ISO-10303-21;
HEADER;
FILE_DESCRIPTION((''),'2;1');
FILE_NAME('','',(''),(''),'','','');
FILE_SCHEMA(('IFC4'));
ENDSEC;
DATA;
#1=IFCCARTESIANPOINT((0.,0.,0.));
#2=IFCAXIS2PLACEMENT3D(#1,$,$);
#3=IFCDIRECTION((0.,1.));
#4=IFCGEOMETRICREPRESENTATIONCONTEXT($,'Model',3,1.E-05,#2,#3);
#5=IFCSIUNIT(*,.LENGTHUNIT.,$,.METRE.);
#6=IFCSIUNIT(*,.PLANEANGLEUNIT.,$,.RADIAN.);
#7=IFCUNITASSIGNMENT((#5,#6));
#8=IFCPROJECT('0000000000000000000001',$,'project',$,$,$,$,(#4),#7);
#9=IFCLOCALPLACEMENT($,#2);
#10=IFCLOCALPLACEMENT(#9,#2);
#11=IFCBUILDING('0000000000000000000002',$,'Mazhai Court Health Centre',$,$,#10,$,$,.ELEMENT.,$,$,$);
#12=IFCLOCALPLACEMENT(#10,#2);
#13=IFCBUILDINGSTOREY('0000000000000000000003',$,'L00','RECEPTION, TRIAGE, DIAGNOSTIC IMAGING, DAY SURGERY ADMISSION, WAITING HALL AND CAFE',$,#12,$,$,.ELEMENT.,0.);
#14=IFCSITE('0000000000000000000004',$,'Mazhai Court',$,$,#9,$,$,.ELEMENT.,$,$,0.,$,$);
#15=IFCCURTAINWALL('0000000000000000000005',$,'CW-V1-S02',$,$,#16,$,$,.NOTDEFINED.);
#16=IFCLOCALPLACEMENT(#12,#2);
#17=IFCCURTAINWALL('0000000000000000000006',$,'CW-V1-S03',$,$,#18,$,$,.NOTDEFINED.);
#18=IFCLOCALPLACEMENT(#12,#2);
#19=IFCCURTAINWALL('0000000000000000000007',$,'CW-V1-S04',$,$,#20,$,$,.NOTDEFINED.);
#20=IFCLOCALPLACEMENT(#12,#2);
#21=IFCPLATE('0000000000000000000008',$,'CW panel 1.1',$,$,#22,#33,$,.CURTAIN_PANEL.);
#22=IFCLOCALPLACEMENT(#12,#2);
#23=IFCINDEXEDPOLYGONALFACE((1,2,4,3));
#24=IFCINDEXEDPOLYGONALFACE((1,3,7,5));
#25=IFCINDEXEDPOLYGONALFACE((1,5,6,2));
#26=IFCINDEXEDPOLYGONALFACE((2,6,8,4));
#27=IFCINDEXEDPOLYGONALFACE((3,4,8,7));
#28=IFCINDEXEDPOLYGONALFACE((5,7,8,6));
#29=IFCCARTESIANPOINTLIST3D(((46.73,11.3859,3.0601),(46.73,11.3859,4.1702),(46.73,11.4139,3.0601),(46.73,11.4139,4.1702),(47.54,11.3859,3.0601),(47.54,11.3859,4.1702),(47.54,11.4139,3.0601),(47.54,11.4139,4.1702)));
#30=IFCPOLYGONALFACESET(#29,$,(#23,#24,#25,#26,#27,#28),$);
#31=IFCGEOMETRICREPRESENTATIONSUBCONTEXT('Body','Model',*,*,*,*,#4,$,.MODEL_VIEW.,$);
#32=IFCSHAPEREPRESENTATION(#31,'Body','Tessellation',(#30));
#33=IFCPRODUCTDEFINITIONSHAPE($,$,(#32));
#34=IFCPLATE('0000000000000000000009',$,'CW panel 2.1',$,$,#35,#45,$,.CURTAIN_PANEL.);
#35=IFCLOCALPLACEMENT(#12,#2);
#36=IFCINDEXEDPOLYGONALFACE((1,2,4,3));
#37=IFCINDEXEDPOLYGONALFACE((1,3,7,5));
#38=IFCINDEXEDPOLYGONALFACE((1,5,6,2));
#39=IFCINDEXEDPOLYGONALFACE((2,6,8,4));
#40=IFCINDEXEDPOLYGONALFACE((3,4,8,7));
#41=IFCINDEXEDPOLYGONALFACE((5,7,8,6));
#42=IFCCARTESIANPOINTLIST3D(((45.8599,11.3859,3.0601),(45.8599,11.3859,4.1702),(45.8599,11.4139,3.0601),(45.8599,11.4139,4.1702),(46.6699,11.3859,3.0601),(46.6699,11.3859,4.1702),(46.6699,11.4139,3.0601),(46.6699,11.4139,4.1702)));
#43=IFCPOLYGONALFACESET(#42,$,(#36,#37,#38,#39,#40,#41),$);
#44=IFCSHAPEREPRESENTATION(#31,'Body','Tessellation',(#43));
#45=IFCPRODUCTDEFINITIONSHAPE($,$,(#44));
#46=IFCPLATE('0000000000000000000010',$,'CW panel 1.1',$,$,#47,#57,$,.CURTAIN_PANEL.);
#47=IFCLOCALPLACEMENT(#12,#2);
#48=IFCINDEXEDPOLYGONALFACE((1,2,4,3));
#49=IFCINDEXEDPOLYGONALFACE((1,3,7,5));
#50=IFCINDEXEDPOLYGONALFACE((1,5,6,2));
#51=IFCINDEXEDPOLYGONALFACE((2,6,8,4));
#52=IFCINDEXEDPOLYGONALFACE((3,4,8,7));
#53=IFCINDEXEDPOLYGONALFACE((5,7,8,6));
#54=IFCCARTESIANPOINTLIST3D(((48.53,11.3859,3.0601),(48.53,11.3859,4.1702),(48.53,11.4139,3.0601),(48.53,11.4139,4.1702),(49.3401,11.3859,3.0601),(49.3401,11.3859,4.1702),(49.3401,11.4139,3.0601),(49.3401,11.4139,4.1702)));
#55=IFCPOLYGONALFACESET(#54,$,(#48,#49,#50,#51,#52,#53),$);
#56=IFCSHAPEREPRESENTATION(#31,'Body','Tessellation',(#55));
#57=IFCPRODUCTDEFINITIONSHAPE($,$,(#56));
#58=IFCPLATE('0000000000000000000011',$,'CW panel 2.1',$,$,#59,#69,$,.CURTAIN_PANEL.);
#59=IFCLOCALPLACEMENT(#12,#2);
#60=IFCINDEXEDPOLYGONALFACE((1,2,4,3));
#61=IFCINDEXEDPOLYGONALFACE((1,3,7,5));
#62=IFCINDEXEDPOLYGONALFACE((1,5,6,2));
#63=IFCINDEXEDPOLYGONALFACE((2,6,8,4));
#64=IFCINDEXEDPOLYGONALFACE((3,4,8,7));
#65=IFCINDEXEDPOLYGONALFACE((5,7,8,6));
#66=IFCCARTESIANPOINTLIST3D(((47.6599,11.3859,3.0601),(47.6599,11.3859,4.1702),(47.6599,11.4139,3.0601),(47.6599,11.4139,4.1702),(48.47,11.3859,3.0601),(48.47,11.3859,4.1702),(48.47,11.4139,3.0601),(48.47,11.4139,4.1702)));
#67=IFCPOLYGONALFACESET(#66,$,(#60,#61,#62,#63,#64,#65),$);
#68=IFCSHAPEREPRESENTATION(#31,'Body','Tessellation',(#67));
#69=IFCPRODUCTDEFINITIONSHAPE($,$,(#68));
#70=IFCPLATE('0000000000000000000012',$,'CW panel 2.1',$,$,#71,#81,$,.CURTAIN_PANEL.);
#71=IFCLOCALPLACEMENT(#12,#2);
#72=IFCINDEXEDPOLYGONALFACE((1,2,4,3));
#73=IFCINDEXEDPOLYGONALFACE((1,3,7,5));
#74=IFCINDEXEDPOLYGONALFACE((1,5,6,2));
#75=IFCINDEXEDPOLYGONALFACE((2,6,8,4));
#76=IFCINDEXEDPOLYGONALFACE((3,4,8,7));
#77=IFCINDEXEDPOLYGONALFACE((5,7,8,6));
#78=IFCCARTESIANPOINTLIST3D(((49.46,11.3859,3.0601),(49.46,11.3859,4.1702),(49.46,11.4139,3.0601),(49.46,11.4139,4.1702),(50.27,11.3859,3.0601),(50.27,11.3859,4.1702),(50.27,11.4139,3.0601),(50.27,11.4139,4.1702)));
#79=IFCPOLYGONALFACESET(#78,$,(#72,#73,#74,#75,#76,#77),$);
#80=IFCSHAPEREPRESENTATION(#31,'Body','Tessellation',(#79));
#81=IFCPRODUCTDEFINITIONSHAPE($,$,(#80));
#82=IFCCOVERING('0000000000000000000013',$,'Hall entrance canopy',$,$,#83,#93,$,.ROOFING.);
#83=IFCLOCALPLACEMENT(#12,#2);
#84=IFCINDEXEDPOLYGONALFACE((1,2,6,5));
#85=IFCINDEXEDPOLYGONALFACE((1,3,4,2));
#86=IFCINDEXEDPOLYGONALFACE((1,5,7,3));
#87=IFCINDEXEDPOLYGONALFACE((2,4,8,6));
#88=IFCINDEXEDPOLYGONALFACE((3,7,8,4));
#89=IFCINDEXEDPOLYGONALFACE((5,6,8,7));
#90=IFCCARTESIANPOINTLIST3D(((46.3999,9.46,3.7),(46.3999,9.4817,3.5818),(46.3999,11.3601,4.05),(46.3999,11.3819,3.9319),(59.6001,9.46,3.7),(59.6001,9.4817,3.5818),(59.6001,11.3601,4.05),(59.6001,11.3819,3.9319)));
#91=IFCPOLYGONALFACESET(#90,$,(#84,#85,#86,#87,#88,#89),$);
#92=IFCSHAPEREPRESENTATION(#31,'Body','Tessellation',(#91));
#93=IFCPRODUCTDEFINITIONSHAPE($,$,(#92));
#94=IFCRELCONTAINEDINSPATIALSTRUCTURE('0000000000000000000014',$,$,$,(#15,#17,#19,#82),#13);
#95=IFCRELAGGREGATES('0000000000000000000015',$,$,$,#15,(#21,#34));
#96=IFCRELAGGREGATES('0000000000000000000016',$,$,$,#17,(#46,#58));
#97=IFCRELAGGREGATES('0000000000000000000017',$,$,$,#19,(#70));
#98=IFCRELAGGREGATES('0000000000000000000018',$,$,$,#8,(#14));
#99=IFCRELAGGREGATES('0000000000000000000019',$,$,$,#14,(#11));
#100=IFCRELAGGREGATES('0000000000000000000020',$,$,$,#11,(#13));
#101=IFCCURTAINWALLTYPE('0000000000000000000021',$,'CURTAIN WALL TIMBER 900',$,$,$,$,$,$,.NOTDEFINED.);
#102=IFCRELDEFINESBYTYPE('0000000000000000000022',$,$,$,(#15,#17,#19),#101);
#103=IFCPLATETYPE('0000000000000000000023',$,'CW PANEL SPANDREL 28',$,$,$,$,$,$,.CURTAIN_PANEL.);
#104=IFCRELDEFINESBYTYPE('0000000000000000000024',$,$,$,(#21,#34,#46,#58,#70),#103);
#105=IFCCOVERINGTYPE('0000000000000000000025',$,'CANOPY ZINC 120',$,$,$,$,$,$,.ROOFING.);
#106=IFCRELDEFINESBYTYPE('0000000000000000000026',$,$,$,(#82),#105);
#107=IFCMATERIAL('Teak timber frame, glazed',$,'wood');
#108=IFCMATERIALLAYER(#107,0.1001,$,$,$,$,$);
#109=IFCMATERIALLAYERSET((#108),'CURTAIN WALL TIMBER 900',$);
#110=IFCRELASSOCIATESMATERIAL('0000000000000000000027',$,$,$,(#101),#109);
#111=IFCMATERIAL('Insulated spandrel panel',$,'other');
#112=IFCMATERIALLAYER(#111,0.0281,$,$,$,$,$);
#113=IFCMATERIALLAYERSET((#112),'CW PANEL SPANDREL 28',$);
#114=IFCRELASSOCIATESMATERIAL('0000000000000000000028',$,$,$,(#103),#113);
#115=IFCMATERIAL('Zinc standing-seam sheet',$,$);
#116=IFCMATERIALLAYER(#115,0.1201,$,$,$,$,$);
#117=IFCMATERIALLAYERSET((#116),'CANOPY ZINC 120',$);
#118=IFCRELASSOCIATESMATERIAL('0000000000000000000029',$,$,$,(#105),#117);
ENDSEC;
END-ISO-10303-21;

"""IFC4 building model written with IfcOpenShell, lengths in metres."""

from ifc_helpers import new_model, si_unit, direction, frame, origin, origin_2d, place, context, subcontext, project, spatial, polyline, rectangle, outline, extrude, material, layer, layer_set, type_object, element, aggregate, save


model = new_model("IFC4")

# Units and contexts
model_context = context("Model", 3, precision=1e-05, world=origin(), true_north=direction((0.0, 1.0)))
body_context = subcontext(model_context, "Body", "Model", "MODEL_VIEW")
ifc_project = project(units=[si_unit("LENGTHUNIT", "METRE"), si_unit("PLANEANGLEUNIT", "RADIAN")], contexts=[model_context])

# Site, building, storey
site_placement = place(None, origin())
site = spatial("IfcSite", under=ifc_project, at=site_placement, Name="Mazhai Court", CompositionType="ELEMENT", RefElevation=0.0)
building_placement = place(site_placement, origin())
building = spatial("IfcBuilding", under=site, at=building_placement, Name="Mazhai Court Health Centre", CompositionType="ELEMENT")
storey_placement = place(building_placement, origin())
storey = spatial("IfcBuildingStorey", under=building, at=storey_placement, Name="L00", Description="RECEPTION, TRIAGE, DIAGNOSTIC IMAGING, DAY SURGERY ADMISSION, WAITING HALL AND CAFE", CompositionType="ELEMENT", Elevation=0.0)

# Curtain walls
ifc_material_1 = material(Name="Teak timber frame, glazed", Category="wood")
ifc_layer_1 = layer(ifc_material_1, 0.1001)
ifc_layer_set_1 = layer_set([ifc_layer_1], Name="CURTAIN WALL TIMBER 900")
curtain_wall_type = type_object("IfcCurtainWallType", Name="CURTAIN WALL TIMBER 900", PredefinedType="NOTDEFINED", material=ifc_layer_set_1)
curtain_wall_1_placement = place(storey_placement, origin())
curtain_wall_1 = element("IfcCurtainWall", 1, at=curtain_wall_1_placement, inside=storey, type_object=curtain_wall_type, Name="CW-V1-S02", PredefinedType="NOTDEFINED")
curtain_wall_2_placement = place(storey_placement, origin())
curtain_wall_2 = element("IfcCurtainWall", 2, at=curtain_wall_2_placement, inside=storey, type_object=curtain_wall_type, Name="CW-V1-S03", PredefinedType="NOTDEFINED")

# Curtain wall
curtain_wall_3_placement = place(storey_placement, origin())
curtain_wall_3 = element("IfcCurtainWall", 3, at=curtain_wall_3_placement, inside=storey, type_object=curtain_wall_type, Name="CW-V1-S04", PredefinedType="NOTDEFINED")

# Plates
ifc_material_2 = material(Name="Insulated spandrel panel", Category="other")
ifc_layer_2 = layer(ifc_material_2, 0.0281)
ifc_layer_set_2 = layer_set([ifc_layer_2], Name="CW PANEL SPANDREL 28")
plate_type = type_object("IfcPlateType", Name="CW PANEL SPANDREL 28", PredefinedType="CURTAIN_PANEL", material=ifc_layer_set_2)
plate_1_placement = place(storey_placement, frame((47.135, 11.3999, 3.0601), z_axis=(0.0, 0.0, 1.0), x_axis=(-1.0, 0.0, 0.0)))
plate_1 = element("IfcPlate", 4, at=plate_1_placement, type_object=plate_type, Name="CW panel 1.1", PredefinedType="CURTAIN_PANEL", context=body_context, shape_type="SweptSolid", body=[
    extrude(rectangle(XDim=0.8101, YDim=0.0281, at=origin_2d()), origin(), (0.0, 0.0, 1.0), 1.1101),
])
plate_2_placement = place(storey_placement, frame((46.2649, 11.3999, 3.0601), z_axis=(0.0, 0.0, 1.0), x_axis=(-1.0, 0.0, 0.0)))
plate_2 = element("IfcPlate", 5, at=plate_2_placement, type_object=plate_type, Name="CW panel 2.1", PredefinedType="CURTAIN_PANEL", context=body_context, shape_type="SweptSolid", body=[
    extrude(rectangle(XDim=0.8101, YDim=0.0281, at=origin_2d()), origin(), (0.0, 0.0, 1.0), 1.1101),
])
aggregate(curtain_wall_1, [plate_1, plate_2])
plate_3_placement = place(storey_placement, frame((48.9351, 11.3999, 3.0601), z_axis=(0.0, 0.0, 1.0), x_axis=(-1.0, 0.0, 0.0)))
plate_3 = element("IfcPlate", 6, at=plate_3_placement, type_object=plate_type, Name="CW panel 1.1", PredefinedType="CURTAIN_PANEL", context=body_context, shape_type="SweptSolid", body=[
    extrude(rectangle(XDim=0.8101, YDim=0.0281, at=origin_2d()), origin(), (0.0, 0.0, 1.0), 1.1101),
])
plate_4_placement = place(storey_placement, frame((48.0649, 11.3999, 3.0601), z_axis=(0.0, 0.0, 1.0), x_axis=(-1.0, 0.0, 0.0)))
plate_4 = element("IfcPlate", 7, at=plate_4_placement, type_object=plate_type, Name="CW panel 2.1", PredefinedType="CURTAIN_PANEL", context=body_context, shape_type="SweptSolid", body=[
    extrude(rectangle(XDim=0.8101, YDim=0.0281, at=origin_2d()), origin(), (0.0, 0.0, 1.0), 1.1101),
])
aggregate(curtain_wall_2, [plate_3, plate_4])
plate_5_placement = place(storey_placement, frame((49.865, 11.3999, 3.0601), z_axis=(0.0, 0.0, 1.0), x_axis=(-1.0, 0.0, 0.0)))
plate_5 = element("IfcPlate", 8, at=plate_5_placement, type_object=plate_type, Name="CW panel 2.1", PredefinedType="CURTAIN_PANEL", context=body_context, shape_type="SweptSolid", body=[
    extrude(rectangle(XDim=0.8101, YDim=0.0281, at=origin_2d()), origin(), (0.0, 0.0, 1.0), 1.1101),
])
aggregate(curtain_wall_3, [plate_5])

# Covering
ifc_material_3 = material(Name="Zinc standing-seam sheet")
ifc_layer_3 = layer(ifc_material_3, 0.1201)
ifc_layer_set_3 = layer_set([ifc_layer_3], Name="CANOPY ZINC 120")
covering_type = type_object("IfcCoveringType", Name="CANOPY ZINC 120", PredefinedType="ROOFING", material=ifc_layer_set_3)
covering_placement = place(storey_placement, frame((46.3999, 11.3601, 4.05), z_axis=(0.0, -0.181198, 0.983447), x_axis=(1.0, 0.0, 0.0)))
element("IfcCovering", 9, at=covering_placement, inside=storey, type_object=covering_type, Name="Hall entrance canopy", PredefinedType="ROOFING", context=body_context, shape_type="SweptSolid", body=[
    extrude(outline(polyline([(0.0, 0.0), (13.2002, 0.0), (13.2002, -1.9321), (0.0, -1.9321), (0.0, 0.0)])), origin(), (0.0, 0.0, -1.0), 0.1201),
])

save(model, "model.ifc")
